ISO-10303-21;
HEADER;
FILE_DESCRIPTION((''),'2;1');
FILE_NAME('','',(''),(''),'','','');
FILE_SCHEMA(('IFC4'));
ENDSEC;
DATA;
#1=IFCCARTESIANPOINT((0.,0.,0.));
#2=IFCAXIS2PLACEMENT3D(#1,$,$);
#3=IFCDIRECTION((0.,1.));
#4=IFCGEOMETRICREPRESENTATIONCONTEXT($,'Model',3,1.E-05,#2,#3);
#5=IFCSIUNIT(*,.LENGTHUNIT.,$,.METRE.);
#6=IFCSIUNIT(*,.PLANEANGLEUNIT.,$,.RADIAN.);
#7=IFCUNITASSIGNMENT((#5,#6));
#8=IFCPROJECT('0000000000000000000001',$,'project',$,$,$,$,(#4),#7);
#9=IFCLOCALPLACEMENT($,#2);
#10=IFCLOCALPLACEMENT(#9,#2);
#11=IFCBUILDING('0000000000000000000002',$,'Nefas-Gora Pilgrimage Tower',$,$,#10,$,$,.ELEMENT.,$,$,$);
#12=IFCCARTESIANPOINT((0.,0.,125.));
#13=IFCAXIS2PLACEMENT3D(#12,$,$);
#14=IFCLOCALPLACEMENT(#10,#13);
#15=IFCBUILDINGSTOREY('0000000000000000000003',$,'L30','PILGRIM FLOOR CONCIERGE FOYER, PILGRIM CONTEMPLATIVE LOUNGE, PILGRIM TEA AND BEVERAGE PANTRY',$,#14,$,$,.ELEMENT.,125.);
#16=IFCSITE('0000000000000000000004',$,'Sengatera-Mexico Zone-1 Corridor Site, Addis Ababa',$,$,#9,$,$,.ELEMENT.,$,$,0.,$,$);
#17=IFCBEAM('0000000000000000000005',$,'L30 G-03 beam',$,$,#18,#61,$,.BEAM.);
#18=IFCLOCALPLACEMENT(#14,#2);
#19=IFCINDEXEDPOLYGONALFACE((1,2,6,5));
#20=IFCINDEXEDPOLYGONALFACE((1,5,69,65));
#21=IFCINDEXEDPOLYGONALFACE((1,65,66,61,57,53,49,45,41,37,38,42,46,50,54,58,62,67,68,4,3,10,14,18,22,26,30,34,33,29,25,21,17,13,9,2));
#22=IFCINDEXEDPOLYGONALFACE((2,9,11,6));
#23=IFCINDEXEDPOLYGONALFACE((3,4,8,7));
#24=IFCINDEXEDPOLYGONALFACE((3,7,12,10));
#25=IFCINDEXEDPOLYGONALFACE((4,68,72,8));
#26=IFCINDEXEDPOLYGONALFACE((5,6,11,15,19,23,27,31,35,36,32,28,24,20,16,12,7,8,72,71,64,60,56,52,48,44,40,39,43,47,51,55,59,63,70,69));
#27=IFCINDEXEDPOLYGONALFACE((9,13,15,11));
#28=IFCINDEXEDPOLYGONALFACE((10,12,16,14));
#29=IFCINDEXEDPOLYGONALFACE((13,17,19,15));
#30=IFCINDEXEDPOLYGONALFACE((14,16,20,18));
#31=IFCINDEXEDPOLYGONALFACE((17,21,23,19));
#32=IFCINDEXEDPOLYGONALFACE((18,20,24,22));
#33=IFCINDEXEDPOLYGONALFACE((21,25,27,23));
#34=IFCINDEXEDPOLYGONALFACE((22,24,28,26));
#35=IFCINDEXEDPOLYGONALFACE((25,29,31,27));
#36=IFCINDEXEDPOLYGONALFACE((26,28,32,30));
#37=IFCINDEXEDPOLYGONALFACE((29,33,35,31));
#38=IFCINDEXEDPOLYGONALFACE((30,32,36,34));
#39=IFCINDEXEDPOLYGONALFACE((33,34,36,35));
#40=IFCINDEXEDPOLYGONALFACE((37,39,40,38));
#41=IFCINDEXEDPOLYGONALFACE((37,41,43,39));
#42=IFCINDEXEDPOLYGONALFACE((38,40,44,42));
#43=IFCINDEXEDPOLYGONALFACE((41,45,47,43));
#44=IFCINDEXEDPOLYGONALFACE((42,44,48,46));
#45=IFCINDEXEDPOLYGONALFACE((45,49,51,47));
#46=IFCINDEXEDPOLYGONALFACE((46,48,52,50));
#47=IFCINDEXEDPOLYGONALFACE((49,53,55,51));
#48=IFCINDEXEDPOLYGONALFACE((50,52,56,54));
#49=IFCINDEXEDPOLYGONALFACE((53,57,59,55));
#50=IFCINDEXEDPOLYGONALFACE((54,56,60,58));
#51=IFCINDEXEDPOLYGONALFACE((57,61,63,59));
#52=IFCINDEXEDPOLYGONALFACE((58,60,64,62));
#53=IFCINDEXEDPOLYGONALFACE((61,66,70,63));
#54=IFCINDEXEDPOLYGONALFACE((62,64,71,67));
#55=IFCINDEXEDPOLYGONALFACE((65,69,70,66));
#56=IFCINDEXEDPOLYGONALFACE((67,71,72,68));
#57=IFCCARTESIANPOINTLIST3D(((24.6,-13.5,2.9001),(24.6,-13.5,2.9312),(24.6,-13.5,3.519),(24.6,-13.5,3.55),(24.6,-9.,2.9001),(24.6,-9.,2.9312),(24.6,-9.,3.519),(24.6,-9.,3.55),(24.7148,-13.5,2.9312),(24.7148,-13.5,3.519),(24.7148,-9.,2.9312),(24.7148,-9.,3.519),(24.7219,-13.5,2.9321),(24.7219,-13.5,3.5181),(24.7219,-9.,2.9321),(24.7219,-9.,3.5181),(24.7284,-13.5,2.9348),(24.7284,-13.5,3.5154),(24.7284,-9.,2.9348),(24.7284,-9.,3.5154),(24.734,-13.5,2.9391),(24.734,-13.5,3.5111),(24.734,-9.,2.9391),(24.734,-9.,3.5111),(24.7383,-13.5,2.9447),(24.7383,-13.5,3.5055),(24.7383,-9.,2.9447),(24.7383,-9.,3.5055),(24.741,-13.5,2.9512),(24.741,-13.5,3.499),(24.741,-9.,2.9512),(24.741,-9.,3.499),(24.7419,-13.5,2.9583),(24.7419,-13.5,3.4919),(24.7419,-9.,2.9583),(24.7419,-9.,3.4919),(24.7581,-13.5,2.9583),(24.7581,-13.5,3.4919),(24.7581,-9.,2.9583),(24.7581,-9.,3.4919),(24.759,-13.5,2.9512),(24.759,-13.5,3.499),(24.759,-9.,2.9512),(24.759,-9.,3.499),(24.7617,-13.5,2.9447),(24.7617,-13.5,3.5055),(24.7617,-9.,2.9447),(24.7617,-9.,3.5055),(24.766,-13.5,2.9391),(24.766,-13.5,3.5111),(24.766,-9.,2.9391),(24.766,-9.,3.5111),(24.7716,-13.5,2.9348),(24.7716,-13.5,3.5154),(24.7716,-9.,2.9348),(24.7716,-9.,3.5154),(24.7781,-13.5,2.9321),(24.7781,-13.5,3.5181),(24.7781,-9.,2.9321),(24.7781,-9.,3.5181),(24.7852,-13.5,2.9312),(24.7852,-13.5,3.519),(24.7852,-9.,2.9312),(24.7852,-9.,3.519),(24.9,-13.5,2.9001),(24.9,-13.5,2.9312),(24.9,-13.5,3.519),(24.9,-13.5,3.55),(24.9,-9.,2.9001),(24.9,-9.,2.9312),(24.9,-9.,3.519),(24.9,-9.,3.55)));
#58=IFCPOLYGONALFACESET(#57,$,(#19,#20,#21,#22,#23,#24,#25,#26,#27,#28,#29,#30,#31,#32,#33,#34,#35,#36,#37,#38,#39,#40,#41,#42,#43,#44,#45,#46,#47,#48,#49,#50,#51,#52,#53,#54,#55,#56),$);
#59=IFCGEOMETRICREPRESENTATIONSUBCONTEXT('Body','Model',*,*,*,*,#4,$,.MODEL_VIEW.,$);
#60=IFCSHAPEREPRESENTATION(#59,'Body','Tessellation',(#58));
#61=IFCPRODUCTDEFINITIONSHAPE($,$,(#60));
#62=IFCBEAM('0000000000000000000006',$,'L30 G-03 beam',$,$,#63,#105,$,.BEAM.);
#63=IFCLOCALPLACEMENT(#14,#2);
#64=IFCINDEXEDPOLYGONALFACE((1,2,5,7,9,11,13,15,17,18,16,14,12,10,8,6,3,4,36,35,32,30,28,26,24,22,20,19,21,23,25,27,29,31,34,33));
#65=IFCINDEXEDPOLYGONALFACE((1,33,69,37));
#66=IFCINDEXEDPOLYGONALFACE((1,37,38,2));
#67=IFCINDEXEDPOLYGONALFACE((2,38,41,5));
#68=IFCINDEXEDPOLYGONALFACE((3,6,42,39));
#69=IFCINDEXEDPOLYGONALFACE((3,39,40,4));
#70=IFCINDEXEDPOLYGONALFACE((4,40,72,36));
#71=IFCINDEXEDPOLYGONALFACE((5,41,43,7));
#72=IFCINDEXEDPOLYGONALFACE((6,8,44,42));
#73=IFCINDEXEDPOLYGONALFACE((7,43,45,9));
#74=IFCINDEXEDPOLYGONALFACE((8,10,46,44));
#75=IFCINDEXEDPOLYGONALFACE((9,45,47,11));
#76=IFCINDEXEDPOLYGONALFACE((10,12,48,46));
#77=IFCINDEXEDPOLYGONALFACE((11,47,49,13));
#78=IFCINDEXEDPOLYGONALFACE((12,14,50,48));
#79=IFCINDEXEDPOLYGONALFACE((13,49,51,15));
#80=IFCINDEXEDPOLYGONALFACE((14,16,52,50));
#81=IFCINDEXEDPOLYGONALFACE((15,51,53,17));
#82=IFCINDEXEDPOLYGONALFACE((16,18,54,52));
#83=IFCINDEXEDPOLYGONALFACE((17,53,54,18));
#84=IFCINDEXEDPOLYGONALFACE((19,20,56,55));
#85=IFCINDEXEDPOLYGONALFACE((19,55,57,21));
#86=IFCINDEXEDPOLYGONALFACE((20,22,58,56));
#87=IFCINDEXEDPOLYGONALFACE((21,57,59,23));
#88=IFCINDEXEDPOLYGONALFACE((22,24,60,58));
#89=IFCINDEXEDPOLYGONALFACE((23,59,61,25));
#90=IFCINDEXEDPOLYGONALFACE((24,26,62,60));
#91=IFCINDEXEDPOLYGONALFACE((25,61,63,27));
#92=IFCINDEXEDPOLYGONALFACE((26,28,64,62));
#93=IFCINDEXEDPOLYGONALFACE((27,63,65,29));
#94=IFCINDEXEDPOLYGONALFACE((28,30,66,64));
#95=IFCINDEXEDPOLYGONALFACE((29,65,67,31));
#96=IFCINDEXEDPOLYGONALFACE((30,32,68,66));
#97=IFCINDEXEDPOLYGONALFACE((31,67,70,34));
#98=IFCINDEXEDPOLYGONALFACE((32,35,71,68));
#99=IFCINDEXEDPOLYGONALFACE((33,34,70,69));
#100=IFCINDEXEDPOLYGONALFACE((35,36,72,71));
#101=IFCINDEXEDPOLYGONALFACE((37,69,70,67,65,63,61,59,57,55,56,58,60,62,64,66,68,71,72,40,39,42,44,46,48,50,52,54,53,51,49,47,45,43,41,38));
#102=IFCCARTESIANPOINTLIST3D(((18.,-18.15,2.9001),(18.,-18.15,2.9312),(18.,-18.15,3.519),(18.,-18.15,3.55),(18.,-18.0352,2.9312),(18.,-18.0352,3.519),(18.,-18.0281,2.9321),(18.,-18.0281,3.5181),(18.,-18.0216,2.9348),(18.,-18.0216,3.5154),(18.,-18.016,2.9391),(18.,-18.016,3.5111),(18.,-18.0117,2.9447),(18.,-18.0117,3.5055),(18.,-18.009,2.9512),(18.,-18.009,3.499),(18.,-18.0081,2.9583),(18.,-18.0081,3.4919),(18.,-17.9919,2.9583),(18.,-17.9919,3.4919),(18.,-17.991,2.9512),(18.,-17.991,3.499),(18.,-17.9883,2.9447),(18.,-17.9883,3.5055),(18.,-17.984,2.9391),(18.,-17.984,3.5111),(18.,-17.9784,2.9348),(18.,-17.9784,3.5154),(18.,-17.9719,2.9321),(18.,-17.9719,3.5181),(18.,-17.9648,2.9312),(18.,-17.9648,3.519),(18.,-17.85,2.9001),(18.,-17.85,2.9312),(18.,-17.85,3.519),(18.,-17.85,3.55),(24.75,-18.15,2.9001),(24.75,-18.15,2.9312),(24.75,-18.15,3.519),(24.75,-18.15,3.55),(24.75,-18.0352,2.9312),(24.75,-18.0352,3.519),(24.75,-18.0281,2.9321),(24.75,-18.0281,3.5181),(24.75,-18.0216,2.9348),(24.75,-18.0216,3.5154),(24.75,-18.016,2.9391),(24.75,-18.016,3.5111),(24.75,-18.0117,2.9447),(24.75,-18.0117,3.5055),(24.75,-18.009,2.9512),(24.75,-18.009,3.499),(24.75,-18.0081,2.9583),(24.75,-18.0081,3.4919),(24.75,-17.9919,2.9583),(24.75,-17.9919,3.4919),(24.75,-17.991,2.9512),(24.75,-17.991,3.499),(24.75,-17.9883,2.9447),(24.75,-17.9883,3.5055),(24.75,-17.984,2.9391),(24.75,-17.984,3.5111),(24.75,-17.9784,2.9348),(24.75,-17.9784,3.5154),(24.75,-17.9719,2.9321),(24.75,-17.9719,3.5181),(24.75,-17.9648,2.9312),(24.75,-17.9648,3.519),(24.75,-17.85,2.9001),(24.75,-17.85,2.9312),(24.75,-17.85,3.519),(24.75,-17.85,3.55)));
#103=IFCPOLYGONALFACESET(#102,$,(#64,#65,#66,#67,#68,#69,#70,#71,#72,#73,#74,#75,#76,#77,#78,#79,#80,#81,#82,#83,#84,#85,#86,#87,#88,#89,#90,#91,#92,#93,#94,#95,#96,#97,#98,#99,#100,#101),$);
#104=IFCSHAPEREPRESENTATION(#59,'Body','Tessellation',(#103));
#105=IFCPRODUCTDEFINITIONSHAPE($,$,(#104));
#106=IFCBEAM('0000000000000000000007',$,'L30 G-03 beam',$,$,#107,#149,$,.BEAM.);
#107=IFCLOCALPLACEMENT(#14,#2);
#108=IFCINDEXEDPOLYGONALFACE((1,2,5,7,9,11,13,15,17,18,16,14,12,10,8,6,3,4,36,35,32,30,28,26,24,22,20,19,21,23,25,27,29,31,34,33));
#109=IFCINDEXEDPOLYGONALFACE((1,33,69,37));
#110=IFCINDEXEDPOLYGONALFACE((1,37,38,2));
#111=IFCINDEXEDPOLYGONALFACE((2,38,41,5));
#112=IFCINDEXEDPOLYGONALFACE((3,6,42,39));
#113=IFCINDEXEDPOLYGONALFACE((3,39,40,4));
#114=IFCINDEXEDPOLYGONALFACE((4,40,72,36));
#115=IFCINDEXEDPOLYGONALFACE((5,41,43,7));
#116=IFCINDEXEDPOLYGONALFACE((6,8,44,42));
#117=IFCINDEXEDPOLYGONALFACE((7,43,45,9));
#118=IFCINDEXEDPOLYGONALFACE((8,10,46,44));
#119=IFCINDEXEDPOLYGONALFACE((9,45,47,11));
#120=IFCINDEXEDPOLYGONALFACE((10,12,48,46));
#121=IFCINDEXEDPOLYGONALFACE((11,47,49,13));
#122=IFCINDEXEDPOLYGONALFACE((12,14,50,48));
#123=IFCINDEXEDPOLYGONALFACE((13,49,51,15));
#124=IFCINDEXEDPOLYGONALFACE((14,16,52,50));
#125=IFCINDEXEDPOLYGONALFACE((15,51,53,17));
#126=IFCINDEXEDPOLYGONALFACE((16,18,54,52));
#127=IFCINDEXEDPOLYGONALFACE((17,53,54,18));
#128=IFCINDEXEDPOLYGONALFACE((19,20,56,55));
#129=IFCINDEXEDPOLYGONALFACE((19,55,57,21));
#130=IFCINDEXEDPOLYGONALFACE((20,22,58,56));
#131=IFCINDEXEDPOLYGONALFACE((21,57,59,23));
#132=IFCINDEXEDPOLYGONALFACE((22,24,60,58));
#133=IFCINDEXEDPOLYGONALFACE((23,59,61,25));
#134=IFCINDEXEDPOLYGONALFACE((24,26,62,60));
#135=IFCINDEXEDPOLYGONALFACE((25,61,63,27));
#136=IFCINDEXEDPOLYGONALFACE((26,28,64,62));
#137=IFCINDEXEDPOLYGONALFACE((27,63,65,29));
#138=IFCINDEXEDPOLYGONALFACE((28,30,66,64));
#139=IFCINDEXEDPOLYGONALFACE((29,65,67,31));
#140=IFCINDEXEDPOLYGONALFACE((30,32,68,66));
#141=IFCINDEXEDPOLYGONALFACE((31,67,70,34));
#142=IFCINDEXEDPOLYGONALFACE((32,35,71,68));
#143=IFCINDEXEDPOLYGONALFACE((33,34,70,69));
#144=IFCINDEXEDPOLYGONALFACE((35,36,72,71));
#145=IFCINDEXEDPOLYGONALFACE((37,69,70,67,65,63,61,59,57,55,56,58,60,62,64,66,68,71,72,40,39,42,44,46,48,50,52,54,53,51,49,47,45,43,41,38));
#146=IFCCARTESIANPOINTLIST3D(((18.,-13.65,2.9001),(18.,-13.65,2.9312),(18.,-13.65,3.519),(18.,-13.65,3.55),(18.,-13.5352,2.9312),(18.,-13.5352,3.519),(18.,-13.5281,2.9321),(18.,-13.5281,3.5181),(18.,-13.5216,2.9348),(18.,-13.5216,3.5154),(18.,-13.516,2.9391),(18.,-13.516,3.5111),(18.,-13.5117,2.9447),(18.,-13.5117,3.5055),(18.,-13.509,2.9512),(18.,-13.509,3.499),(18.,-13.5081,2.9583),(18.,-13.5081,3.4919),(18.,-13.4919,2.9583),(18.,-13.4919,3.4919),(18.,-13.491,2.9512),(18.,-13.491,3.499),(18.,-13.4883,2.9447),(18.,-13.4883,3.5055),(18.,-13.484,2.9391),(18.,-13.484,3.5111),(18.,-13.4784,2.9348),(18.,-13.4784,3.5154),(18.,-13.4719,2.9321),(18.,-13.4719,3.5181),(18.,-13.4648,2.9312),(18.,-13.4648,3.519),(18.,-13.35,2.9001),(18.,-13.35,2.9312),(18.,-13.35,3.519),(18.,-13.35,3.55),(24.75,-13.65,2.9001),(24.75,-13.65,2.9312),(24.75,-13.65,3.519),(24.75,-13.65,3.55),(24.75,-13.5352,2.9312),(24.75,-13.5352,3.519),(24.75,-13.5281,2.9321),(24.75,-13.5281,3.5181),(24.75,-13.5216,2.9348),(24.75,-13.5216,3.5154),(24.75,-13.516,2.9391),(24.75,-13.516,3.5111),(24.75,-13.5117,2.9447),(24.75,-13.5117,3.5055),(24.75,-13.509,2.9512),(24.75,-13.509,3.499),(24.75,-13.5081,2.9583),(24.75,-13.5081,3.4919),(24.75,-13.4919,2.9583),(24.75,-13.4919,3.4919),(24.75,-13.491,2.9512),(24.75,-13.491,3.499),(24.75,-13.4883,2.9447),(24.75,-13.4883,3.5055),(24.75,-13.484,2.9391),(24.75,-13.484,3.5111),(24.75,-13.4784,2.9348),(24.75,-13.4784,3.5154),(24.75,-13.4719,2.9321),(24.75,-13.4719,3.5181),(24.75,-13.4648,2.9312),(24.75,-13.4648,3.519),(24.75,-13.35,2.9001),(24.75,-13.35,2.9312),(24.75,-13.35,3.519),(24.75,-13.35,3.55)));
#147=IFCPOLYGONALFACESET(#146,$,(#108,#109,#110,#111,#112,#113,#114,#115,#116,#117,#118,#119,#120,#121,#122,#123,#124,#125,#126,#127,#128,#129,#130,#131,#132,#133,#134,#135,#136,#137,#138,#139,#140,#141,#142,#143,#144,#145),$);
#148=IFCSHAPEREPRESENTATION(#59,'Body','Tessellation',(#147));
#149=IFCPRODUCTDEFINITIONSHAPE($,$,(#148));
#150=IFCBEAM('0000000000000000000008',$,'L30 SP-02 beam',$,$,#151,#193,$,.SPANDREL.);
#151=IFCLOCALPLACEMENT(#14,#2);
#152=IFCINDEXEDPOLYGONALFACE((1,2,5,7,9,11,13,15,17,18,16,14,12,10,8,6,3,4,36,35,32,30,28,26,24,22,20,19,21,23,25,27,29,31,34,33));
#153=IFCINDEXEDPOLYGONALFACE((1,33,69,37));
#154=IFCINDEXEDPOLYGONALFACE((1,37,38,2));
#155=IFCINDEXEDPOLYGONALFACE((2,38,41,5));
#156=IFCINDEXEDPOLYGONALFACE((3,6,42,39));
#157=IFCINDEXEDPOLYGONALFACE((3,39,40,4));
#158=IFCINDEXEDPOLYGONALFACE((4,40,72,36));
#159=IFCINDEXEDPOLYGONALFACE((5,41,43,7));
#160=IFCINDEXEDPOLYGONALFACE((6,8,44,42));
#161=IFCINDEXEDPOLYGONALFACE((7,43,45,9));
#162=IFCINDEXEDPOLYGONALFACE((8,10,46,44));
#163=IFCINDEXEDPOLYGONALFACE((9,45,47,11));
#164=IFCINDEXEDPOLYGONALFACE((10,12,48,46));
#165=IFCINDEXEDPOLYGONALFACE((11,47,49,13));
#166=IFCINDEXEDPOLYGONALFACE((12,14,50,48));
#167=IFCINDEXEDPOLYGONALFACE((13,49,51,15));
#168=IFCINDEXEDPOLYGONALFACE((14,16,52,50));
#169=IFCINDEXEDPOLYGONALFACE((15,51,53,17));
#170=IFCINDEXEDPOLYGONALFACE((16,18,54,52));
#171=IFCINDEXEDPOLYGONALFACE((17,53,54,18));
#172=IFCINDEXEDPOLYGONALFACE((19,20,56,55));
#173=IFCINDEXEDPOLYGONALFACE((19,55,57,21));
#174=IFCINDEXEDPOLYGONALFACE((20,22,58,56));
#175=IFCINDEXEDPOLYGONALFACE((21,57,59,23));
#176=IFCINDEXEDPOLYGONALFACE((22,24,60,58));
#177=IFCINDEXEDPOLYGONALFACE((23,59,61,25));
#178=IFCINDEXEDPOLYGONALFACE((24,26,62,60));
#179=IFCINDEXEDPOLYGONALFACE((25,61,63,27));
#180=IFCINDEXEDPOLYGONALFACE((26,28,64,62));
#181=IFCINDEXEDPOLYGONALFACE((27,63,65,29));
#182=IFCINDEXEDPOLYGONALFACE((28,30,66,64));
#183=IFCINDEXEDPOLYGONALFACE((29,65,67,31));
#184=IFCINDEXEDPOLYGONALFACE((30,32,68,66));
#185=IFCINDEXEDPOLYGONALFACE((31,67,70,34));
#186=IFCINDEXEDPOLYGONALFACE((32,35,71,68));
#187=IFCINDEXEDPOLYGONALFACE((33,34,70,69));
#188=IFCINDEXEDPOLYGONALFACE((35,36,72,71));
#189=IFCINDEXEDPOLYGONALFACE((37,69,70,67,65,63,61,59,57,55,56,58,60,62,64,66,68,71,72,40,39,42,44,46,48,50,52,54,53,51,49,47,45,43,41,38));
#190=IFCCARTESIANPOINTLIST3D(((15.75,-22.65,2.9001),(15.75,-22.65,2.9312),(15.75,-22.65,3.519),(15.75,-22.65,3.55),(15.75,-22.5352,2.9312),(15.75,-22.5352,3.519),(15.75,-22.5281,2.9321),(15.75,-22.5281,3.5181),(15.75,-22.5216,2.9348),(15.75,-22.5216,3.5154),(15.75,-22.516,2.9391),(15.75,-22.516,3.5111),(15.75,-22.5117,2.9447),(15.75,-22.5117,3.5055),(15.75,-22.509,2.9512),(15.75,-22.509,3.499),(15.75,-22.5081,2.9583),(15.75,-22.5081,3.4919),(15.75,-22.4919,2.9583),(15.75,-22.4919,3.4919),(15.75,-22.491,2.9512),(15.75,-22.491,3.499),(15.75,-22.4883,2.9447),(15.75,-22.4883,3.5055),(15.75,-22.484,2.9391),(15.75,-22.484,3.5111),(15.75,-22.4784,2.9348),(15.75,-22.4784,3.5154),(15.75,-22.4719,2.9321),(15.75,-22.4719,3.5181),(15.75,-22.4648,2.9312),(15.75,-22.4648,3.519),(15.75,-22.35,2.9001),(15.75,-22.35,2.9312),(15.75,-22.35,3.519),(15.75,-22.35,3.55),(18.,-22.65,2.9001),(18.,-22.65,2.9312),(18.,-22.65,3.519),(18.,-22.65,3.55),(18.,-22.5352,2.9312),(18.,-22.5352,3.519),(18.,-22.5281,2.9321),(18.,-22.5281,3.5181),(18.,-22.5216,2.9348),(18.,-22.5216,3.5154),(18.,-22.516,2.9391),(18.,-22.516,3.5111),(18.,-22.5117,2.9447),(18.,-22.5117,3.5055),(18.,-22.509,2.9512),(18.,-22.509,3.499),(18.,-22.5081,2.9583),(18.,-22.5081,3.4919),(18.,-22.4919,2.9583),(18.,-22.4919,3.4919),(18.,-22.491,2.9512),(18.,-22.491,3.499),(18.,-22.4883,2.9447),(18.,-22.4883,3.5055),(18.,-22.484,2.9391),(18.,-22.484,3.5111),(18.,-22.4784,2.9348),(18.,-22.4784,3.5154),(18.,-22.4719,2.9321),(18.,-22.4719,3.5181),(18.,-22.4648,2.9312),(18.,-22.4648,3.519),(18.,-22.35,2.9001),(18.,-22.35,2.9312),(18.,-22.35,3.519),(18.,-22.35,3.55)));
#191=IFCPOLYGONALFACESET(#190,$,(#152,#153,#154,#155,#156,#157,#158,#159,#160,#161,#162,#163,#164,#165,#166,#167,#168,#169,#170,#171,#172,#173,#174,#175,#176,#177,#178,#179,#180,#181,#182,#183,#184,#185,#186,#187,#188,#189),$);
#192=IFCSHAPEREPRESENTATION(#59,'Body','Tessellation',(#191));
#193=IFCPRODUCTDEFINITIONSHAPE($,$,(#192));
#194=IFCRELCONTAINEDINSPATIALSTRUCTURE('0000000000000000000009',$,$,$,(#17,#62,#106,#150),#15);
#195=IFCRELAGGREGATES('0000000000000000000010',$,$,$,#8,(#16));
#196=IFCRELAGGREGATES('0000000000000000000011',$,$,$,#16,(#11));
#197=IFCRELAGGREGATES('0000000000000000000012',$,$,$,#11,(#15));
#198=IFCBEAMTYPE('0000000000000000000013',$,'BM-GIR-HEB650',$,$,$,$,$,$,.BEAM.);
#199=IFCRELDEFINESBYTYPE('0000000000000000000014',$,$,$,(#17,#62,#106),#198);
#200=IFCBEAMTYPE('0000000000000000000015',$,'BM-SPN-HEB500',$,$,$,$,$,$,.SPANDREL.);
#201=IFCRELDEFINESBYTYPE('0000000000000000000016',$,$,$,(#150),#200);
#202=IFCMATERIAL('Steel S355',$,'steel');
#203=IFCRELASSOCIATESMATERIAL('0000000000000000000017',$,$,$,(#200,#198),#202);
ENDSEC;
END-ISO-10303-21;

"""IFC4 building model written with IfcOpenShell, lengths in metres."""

from ifc_helpers import new_model, si_unit, direction, frame, origin, origin_2d, place, context, subcontext, project, spatial, i_section, extrude, source, transform, mapped, material, material_profile, profile_set, type_object, element, save


model = new_model("IFC4")

# Units and contexts
model_context = context("Model", 3, precision=1e-05, world=origin(), true_north=direction((0.0, 1.0)))
body_context = subcontext(model_context, "Body", "Model", "MODEL_VIEW")
ifc_project = project(units=[si_unit("LENGTHUNIT", "METRE"), si_unit("PLANEANGLEUNIT", "RADIAN")], contexts=[model_context])

# Site, building, storey
site_placement = place(None, origin())
site = spatial("IfcSite", under=ifc_project, at=site_placement, Name="Sengatera-Mexico Zone-1 Corridor Site, Addis Ababa", CompositionType="ELEMENT", RefElevation=0.0)
building_placement = place(site_placement, origin())
building = spatial("IfcBuilding", under=site, at=building_placement, Name="Nefas-Gora Pilgrimage Tower", CompositionType="ELEMENT")
storey_placement = place(building_placement, frame((0.0, 0.0, 125.0)))
storey = spatial("IfcBuildingStorey", under=building, at=storey_placement, Name="L30", Description="PILGRIM FLOOR CONCIERGE FOYER, PILGRIM CONTEMPLATIVE LOUNGE, PILGRIM TEA AND BEVERAGE PANTRY", CompositionType="ELEMENT", Elevation=125.0)

# Beams
ifc_material_1 = material(Name="Steel S355", Category="steel")
ifc_material_profile_1 = material_profile(ifc_material_1, i_section(OverallWidth=0.3, OverallDepth=0.6499, WebThickness=0.0161, FlangeThickness=0.031, FilletRadius=0.0271, at=origin_2d()), Name="HEB 650")
ifc_profile_set_1 = profile_set([ifc_material_profile_1], Name="Steel S355")
beam_type_1 = type_object("IfcBeamType", Name="BM-SPN-HEB500", PredefinedType="SPANDREL", material=ifc_profile_set_1)
ifc_material_profile_2 = material_profile(ifc_material_1, i_section(OverallWidth=0.3, OverallDepth=0.6499, WebThickness=0.0161, FlangeThickness=0.031, FilletRadius=0.0271, at=origin_2d()), Name="HEB 650")
ifc_profile_set_2 = profile_set([ifc_material_profile_2], Name="Steel S355")
beam_type_2 = type_object("IfcBeamType", Name="BM-GIR-HEB650", PredefinedType="BEAM", material=ifc_profile_set_2)
shared_shape_1 = source(origin(), body_context, "Body", "SweptSolid", [
    extrude(i_section(OverallWidth=0.3, OverallDepth=0.6499, WebThickness=0.0161, FlangeThickness=0.031, FilletRadius=0.0271, at=origin_2d()), origin(), (0.0, 0.0, 1.0), 4.5),
])
for number, where, z_axis, x_axis, name in (
    (1, (24.75, -13.5, 3.2251), (0.0, 1.0, 0.0), (-1.0, 0.0, 0.0), "L30 G-03 beam"),
):
    element("IfcBeam", number, at=place(storey_placement, frame(where, z_axis=z_axis, x_axis=x_axis)), inside=storey, type_object=beam_type_2, Name=name, PredefinedType="BEAM", context=body_context, shape_type="MappedRepresentation", body=[
        mapped(shared_shape_1, transform((0.0, 0.0, 0.0), x_axis=(1.0, 0.0, 0.0), y_axis=(0.0, 1.0, 0.0), z_axis=(0.0, 0.0, 1.0), scale=1.0)),
    ])
shared_shape_2 = source(origin(), body_context, "Body", "SweptSolid", [
    extrude(i_section(OverallWidth=0.3, OverallDepth=0.6499, WebThickness=0.0161, FlangeThickness=0.031, FilletRadius=0.0271, at=origin_2d()), origin(), (0.0, 0.0, 1.0), 6.75),
])
for number, where, z_axis, x_axis, name in (
    (2, (18.0, -18.0, 3.2251), (1.0, 0.0, 0.0), (0.0, 1.0, 0.0), "L30 G-03 beam"),
    (3, (18.0, -13.5, 3.2251), (1.0, 0.0, 0.0), (0.0, 1.0, 0.0), "L30 G-03 beam"),
):
    element("IfcBeam", number, at=place(storey_placement, frame(where, z_axis=z_axis, x_axis=x_axis)), inside=storey, type_object=beam_type_2, Name=name, PredefinedType="BEAM", context=body_context, shape_type="MappedRepresentation", body=[
        mapped(shared_shape_2, transform((0.0, 0.0, 0.0), x_axis=(1.0, 0.0, 0.0), y_axis=(0.0, 1.0, 0.0), z_axis=(0.0, 0.0, 1.0), scale=1.0)),
    ])
shared_shape_3 = source(origin(), body_context, "Body", "SweptSolid", [
    extrude(i_section(OverallWidth=0.3, OverallDepth=0.6499, WebThickness=0.0161, FlangeThickness=0.031, FilletRadius=0.0271, at=origin_2d()), origin(), (0.0, 0.0, 1.0), 2.25),
])
for number, where, z_axis, x_axis, name in (
    (4, (15.75, -22.5, 3.2251), (1.0, 0.0, 0.0), (0.0, 1.0, 0.0), "L30 SP-02 beam"),
):
    element("IfcBeam", number, at=place(storey_placement, frame(where, z_axis=z_axis, x_axis=x_axis)), inside=storey, type_object=beam_type_1, Name=name, PredefinedType="SPANDREL", context=body_context, shape_type="MappedRepresentation", body=[
        mapped(shared_shape_3, transform((0.0, 0.0, 0.0), x_axis=(1.0, 0.0, 0.0), y_axis=(0.0, 1.0, 0.0), z_axis=(0.0, 0.0, 1.0), scale=1.0)),
    ])

save(model, "model.ifc")
